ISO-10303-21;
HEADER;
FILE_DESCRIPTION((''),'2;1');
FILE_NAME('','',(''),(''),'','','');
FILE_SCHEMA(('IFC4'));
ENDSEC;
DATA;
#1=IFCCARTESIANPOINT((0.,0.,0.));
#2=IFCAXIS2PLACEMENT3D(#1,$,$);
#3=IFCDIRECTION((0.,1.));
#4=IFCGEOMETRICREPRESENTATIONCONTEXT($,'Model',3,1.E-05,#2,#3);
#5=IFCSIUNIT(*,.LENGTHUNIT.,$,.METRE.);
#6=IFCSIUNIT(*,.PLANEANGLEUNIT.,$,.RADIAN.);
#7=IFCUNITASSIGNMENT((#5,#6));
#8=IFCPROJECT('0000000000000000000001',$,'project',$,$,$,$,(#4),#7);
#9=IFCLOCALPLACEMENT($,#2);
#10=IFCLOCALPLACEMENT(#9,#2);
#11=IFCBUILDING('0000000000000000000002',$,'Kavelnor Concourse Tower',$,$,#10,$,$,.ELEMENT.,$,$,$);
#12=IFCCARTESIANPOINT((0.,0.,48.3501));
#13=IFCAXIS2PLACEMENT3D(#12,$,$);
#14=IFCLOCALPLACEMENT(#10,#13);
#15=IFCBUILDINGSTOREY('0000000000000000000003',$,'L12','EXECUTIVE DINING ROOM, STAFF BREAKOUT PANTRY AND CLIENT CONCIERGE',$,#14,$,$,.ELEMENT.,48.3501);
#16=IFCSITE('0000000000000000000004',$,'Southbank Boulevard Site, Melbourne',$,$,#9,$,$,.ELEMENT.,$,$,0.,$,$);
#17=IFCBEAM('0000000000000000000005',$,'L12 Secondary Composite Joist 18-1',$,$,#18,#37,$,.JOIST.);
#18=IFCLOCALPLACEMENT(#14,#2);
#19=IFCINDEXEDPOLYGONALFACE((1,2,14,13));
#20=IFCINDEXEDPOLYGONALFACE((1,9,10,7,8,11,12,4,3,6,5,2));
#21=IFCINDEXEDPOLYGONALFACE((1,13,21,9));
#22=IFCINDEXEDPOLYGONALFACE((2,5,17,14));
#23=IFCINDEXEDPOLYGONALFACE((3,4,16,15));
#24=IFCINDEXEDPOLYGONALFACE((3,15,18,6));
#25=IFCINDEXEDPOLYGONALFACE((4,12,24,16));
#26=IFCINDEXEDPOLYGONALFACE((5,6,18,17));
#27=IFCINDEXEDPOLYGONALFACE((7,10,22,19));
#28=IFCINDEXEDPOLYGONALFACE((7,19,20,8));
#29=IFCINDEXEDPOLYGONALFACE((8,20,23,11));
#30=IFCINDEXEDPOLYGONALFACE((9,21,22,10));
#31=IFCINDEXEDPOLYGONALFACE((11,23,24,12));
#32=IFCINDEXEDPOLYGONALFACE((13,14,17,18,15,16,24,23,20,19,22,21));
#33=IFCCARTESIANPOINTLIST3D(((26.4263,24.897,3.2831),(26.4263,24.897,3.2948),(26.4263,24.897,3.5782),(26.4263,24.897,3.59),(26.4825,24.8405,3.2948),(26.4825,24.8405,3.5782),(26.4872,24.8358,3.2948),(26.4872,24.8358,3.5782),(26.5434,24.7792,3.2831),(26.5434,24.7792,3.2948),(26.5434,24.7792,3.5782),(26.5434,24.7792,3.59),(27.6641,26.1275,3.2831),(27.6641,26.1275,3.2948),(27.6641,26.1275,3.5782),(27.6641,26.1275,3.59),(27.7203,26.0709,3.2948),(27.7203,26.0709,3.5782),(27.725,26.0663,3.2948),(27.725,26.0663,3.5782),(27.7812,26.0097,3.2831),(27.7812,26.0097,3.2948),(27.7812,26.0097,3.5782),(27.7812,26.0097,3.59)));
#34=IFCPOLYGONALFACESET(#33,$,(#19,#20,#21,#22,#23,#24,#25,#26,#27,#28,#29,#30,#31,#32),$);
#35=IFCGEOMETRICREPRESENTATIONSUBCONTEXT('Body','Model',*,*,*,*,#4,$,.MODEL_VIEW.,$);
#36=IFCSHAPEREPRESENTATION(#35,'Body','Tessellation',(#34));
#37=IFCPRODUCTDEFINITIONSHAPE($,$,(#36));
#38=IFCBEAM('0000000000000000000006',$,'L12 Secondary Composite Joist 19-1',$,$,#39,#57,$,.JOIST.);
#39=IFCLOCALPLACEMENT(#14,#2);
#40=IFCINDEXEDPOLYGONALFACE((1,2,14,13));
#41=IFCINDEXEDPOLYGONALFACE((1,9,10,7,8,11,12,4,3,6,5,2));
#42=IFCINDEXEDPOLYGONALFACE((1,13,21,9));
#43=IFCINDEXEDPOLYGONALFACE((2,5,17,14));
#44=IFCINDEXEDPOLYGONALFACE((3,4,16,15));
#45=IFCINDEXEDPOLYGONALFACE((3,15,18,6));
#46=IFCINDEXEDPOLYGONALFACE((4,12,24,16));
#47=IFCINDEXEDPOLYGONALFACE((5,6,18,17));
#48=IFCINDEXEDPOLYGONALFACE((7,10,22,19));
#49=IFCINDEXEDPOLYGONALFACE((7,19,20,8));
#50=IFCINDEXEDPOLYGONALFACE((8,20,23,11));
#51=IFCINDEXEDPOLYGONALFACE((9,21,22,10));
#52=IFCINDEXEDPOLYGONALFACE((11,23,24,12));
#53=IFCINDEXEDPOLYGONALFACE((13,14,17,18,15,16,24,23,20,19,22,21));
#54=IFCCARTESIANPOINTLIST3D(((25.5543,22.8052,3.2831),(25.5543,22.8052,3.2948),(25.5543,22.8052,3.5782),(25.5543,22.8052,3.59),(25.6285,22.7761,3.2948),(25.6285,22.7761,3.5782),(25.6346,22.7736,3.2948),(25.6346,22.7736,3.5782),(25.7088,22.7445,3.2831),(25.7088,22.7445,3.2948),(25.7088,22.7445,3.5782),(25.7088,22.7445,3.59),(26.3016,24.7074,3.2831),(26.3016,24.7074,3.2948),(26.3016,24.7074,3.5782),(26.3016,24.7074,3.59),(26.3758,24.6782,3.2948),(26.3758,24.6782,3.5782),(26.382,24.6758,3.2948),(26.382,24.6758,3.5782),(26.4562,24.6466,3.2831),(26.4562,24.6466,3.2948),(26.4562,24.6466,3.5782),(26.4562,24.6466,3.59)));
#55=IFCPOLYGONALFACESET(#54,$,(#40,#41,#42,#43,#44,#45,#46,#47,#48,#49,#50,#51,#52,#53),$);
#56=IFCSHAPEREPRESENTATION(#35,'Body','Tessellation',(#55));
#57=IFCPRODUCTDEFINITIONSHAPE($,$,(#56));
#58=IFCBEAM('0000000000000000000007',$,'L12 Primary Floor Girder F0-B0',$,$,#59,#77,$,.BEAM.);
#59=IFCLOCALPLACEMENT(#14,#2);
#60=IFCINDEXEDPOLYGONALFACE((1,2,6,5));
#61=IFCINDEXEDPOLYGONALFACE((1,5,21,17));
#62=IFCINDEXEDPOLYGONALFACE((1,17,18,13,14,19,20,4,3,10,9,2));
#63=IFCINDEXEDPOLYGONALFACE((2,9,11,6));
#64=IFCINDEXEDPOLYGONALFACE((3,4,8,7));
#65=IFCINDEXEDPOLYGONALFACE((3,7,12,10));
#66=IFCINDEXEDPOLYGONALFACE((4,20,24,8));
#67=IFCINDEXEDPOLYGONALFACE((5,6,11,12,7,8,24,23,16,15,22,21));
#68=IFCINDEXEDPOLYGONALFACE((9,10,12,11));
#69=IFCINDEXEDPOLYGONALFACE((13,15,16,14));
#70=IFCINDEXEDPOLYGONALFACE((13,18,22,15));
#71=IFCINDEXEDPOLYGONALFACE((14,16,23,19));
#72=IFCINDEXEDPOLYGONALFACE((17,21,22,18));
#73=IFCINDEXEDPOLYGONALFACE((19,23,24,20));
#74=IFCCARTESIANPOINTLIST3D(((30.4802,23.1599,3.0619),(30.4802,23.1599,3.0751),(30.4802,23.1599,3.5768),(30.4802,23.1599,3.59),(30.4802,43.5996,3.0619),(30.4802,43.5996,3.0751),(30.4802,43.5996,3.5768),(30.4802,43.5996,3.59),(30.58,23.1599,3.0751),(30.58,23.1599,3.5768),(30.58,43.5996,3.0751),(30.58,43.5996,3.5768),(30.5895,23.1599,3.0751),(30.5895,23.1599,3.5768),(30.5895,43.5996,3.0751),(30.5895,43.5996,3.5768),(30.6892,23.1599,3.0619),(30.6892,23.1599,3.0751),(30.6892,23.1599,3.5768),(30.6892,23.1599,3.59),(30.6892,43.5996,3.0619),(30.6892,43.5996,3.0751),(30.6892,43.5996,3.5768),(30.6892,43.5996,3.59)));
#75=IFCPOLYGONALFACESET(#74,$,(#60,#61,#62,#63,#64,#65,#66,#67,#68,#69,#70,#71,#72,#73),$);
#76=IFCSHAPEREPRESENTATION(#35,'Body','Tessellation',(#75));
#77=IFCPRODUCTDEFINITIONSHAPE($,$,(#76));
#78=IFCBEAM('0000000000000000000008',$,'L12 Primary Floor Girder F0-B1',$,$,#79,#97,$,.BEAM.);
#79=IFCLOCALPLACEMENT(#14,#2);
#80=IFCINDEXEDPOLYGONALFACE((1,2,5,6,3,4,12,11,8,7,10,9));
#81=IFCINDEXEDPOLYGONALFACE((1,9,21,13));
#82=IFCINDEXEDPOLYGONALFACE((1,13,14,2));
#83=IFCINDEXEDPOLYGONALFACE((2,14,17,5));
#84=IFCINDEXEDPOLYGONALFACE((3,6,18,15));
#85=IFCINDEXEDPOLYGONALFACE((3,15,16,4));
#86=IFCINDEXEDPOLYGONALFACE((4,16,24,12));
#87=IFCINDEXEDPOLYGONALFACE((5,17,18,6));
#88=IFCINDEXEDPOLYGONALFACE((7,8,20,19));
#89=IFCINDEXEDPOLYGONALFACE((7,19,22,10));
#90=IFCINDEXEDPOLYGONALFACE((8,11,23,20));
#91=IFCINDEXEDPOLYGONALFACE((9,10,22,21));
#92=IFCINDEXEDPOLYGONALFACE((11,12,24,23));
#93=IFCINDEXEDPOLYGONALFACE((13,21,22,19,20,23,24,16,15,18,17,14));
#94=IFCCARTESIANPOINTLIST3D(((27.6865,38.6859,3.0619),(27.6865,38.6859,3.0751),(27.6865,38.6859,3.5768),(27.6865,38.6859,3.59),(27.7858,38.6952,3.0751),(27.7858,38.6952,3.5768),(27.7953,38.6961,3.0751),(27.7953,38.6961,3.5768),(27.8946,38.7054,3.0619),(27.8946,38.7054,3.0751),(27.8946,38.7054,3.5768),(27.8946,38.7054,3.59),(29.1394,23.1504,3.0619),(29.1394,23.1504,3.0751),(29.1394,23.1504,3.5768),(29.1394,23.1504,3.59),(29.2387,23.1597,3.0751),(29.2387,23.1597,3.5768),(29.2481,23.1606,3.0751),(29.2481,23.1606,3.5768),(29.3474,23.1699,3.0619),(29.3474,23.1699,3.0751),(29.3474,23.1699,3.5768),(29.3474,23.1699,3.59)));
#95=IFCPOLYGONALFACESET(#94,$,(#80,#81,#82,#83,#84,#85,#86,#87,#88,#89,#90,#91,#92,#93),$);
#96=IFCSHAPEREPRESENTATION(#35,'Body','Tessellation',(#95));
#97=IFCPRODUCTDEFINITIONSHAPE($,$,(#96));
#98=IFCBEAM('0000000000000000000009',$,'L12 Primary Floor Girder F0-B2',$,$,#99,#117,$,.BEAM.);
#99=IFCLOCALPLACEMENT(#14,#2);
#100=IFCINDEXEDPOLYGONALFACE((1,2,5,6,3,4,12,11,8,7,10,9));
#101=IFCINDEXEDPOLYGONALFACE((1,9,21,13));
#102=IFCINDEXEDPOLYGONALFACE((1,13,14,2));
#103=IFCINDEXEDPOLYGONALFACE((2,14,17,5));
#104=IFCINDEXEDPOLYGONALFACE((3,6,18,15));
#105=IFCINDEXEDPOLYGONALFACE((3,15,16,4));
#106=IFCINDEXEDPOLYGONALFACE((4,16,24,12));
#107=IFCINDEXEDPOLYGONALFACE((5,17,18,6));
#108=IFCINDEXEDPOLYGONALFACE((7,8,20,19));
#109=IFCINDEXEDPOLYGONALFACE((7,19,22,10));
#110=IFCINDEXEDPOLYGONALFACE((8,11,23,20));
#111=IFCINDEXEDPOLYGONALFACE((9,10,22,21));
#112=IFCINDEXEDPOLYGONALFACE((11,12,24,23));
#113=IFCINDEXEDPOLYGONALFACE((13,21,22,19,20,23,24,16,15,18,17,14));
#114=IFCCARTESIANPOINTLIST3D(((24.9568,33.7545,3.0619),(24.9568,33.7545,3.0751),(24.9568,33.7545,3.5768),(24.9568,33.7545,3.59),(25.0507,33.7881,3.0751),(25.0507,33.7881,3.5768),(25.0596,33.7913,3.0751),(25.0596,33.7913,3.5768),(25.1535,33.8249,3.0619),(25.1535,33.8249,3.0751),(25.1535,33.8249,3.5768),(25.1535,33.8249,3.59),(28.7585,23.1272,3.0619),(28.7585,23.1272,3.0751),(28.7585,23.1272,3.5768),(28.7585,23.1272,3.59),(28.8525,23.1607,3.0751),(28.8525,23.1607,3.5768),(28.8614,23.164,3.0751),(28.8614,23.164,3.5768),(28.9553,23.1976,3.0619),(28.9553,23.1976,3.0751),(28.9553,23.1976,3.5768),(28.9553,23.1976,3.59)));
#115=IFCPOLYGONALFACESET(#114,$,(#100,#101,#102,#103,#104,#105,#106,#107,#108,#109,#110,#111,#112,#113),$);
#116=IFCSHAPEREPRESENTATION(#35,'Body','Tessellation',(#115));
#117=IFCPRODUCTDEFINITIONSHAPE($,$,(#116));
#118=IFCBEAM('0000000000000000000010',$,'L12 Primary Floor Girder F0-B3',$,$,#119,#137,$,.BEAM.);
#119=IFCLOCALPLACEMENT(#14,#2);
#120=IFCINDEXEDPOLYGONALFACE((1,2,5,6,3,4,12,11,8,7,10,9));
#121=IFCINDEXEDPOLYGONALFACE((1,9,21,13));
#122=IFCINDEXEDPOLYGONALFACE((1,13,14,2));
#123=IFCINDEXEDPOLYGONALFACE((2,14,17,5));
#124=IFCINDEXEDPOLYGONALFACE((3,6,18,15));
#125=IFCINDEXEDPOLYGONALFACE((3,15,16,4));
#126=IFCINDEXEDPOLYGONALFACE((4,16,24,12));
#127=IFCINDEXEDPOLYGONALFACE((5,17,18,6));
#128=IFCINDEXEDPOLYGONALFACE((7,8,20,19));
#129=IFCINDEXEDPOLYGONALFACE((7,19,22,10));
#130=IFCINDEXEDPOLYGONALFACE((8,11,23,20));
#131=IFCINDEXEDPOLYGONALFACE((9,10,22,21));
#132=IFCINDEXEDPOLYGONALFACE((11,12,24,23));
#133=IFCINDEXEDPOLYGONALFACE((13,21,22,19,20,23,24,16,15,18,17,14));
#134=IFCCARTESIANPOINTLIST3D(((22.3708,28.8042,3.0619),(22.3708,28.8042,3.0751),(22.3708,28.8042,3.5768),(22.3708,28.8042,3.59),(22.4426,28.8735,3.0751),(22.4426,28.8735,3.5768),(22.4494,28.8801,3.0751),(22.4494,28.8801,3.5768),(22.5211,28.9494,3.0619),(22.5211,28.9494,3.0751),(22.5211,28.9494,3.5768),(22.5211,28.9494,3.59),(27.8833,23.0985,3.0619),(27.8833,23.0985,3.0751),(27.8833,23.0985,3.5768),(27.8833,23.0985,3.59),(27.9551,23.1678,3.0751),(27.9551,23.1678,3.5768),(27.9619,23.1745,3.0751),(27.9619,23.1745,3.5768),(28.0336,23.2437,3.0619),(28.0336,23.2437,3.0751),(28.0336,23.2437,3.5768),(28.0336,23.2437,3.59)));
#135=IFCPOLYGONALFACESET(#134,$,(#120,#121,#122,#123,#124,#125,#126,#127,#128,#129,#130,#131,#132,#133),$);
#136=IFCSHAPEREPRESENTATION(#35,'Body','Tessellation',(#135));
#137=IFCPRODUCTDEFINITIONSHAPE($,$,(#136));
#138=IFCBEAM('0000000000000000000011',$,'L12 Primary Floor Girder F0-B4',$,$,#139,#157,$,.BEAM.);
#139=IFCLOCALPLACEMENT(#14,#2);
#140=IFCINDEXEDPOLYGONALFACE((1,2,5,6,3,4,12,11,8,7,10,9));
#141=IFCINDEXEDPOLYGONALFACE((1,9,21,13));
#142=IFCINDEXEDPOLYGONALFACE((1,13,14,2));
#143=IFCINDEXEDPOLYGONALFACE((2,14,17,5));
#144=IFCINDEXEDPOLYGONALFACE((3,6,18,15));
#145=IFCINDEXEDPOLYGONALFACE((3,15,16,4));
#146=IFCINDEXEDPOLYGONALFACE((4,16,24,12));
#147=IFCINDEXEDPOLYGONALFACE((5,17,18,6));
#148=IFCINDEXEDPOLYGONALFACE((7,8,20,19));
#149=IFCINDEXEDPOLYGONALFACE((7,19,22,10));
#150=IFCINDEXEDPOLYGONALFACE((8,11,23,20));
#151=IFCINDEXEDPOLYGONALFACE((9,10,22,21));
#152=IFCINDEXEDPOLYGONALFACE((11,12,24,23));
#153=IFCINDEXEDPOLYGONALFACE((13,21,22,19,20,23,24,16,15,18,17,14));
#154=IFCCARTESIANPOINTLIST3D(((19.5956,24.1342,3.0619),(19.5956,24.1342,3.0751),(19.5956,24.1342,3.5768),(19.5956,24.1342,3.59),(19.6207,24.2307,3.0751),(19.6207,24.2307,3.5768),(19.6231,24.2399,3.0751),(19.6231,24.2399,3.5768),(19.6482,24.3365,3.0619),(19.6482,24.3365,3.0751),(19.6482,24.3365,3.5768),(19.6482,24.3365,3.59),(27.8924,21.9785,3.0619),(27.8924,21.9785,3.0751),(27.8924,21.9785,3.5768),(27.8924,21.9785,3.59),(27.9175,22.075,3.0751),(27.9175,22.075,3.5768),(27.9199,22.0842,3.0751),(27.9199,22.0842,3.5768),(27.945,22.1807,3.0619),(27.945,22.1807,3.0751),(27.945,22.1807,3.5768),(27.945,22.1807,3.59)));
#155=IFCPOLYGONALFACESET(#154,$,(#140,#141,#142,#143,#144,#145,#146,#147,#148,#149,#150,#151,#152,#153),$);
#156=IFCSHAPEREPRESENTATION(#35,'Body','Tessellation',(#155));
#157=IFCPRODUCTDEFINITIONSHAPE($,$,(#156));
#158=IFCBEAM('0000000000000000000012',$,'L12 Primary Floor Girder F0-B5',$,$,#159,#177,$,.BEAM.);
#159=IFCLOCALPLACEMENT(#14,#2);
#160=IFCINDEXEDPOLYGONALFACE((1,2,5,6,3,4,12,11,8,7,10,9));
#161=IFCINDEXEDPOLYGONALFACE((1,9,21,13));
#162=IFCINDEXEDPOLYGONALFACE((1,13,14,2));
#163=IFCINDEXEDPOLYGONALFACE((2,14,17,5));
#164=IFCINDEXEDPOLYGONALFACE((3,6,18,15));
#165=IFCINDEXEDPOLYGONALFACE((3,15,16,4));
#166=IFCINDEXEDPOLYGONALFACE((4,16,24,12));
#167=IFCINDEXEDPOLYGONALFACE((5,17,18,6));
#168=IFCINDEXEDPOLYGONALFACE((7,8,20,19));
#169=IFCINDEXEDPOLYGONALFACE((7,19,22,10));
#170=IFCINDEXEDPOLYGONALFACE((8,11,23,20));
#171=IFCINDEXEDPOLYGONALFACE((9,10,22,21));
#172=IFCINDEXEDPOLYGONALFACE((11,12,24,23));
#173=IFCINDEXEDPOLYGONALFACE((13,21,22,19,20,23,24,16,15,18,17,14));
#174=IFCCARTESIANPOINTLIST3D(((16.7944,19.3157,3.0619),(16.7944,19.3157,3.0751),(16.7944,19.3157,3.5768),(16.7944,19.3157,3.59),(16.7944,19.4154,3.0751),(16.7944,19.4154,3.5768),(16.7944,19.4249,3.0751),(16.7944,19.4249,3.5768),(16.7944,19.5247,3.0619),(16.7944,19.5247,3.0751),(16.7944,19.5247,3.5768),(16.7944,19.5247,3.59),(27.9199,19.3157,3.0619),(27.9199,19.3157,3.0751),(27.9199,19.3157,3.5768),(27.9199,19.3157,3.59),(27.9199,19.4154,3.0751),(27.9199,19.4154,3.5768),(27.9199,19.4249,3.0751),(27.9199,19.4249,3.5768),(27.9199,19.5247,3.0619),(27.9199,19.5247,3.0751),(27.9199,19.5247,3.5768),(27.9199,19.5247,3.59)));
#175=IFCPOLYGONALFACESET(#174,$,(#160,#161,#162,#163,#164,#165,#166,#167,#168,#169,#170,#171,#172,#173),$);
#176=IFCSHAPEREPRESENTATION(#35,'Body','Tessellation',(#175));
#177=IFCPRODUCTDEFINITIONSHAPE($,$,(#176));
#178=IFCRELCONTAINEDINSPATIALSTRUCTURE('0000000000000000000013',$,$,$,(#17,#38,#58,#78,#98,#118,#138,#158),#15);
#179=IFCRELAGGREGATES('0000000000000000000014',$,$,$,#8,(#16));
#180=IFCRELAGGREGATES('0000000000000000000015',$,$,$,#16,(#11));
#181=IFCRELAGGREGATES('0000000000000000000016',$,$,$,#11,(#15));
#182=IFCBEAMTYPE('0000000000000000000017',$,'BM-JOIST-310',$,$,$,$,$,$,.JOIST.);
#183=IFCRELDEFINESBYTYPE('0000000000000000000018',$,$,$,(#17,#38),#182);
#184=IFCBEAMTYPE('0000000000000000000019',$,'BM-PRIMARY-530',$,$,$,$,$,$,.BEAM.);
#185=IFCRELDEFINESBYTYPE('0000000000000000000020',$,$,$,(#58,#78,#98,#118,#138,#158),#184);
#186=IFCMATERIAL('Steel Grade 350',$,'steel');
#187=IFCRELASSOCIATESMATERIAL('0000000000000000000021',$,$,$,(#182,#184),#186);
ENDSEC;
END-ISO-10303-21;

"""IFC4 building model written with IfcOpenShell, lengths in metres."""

from ifc_helpers import new_model, si_unit, direction, frame, origin, origin_2d, place, context, subcontext, project, spatial, i_section, extrude, material, material_profile, profile_set, type_object, element, save


model = new_model("IFC4")

# Units and contexts
model_context = context("Model", 3, precision=1e-05, world=origin(), true_north=direction((0.0, 1.0)))
body_context = subcontext(model_context, "Body", "Model", "MODEL_VIEW")
ifc_project = project(units=[si_unit("LENGTHUNIT", "METRE"), si_unit("PLANEANGLEUNIT", "RADIAN")], contexts=[model_context])

# Site, building, storey
site_placement = place(None, origin())
site = spatial("IfcSite", under=ifc_project, at=site_placement, Name="Southbank Boulevard Site, Melbourne", CompositionType="ELEMENT", RefElevation=0.0)
building_placement = place(site_placement, origin())
building = spatial("IfcBuilding", under=site, at=building_placement, Name="Kavelnor Concourse Tower", CompositionType="ELEMENT")
storey_placement = place(building_placement, frame((0.0, 0.0, 48.3501)))
storey = spatial("IfcBuildingStorey", under=building, at=storey_placement, Name="L12", Description="EXECUTIVE DINING ROOM, STAFF BREAKOUT PANTRY AND CLIENT CONCIERGE", CompositionType="ELEMENT", Elevation=48.3501)

# Beams
ifc_material_1 = material(Name="Steel Grade 350", Category="steel")
ifc_material_profile_1 = material_profile(ifc_material_1, i_section(OverallWidth=0.166, OverallDepth=0.3069, WebThickness=0.0066, FlangeThickness=0.0117, at=origin_2d()), Name="310UB46")
ifc_profile_set_1 = profile_set([ifc_material_profile_1], Name="Steel Grade 350")
beam_type_1 = type_object("IfcBeamType", Name="BM-JOIST-310", PredefinedType="JOIST", material=ifc_profile_set_1)
beam_1_placement = place(storey_placement, frame((27.7227, 26.0686, 3.4365), z_axis=(-0.709202, -0.705005, 0.0), x_axis=(0.705005, -0.709202, 0.0)))
element("IfcBeam", 1, at=beam_1_placement, inside=storey, type_object=beam_type_1, Name="L12 Secondary Composite Joist 18-1", PredefinedType="JOIST", context=body_context, shape_type="SweptSolid", body=[
    extrude(i_section(OverallWidth=0.166, OverallDepth=0.3069, WebThickness=0.0066, FlangeThickness=0.0117, at=origin_2d()), origin(), (0.0, 0.0, 1.0), 1.7454),
])
beam_2_placement = place(storey_placement, frame((26.3789, 24.677, 3.4365), z_axis=(-0.365678, -0.930741, 0.0), x_axis=(0.930741, -0.365678, 0.0)))
element("IfcBeam", 2, at=beam_2_placement, inside=storey, type_object=beam_type_1, Name="L12 Secondary Composite Joist 19-1", PredefinedType="JOIST", context=body_context, shape_type="SweptSolid", body=[
    extrude(i_section(OverallWidth=0.166, OverallDepth=0.3069, WebThickness=0.0066, FlangeThickness=0.0117, at=origin_2d()), origin(), (0.0, 0.0, 1.0), 2.0437),
])
ifc_material_profile_2 = material_profile(ifc_material_1, i_section(OverallWidth=0.209, OverallDepth=0.5281, WebThickness=0.0095, FlangeThickness=0.0132, at=origin_2d()), Name="530UB82")
ifc_profile_set_2 = profile_set([ifc_material_profile_2], Name="Steel Grade 350")
beam_type_2 = type_object("IfcBeamType", Name="BM-PRIMARY-530", PredefinedType="BEAM", material=ifc_profile_set_2)
beam_3_placement = place(storey_placement, frame((30.5847, 23.1599, 3.3259), z_axis=(0.0, 1.0, 0.0), x_axis=(-1.0, 0.0, 0.0)))
element("IfcBeam", 3, at=beam_3_placement, inside=storey, type_object=beam_type_2, Name="L12 Primary Floor Girder F0-B0", PredefinedType="BEAM", context=body_context, shape_type="SweptSolid", body=[
    extrude(i_section(OverallWidth=0.209, OverallDepth=0.5281, WebThickness=0.0095, FlangeThickness=0.0132, at=origin_2d()), origin(), (0.0, 0.0, 1.0), 20.4397),
])
beam_4_placement = place(storey_placement, frame((29.2434, 23.1602, 3.3259), z_axis=(-0.093114, 0.995655, 0.0), x_axis=(-0.995655, -0.093114, 0.0)))
element("IfcBeam", 4, at=beam_4_placement, inside=storey, type_object=beam_type_2, Name="L12 Primary Floor Girder F0-B1", PredefinedType="BEAM", context=body_context, shape_type="SweptSolid", body=[
    extrude(i_section(OverallWidth=0.209, OverallDepth=0.5281, WebThickness=0.0095, FlangeThickness=0.0132, at=origin_2d()), origin(), (0.0, 0.0, 1.0), 15.6033),
])
beam_5_placement = place(storey_placement, frame((28.8569, 23.1624, 3.3259), z_axis=(-0.336834, 0.941564, 0.0), x_axis=(-0.941564, -0.336834, 0.0)))
element("IfcBeam", 5, at=beam_5_placement, inside=storey, type_object=beam_type_2, Name="L12 Primary Floor Girder F0-B2", PredefinedType="BEAM", context=body_context, shape_type="SweptSolid", body=[
    extrude(i_section(OverallWidth=0.209, OverallDepth=0.5281, WebThickness=0.0095, FlangeThickness=0.0132, at=origin_2d()), origin(), (0.0, 0.0, 1.0), 11.2869),
])
beam_6_placement = place(storey_placement, frame((27.9585, 23.1711, 3.3259), z_axis=(-0.694831, 0.719173, 0.0), x_axis=(-0.719173, -0.694831, 0.0)))
element("IfcBeam", 6, at=beam_6_placement, inside=storey, type_object=beam_type_2, Name="L12 Primary Floor Girder F0-B3", PredefinedType="BEAM", context=body_context, shape_type="SweptSolid", body=[
    extrude(i_section(OverallWidth=0.209, OverallDepth=0.5281, WebThickness=0.0095, FlangeThickness=0.0132, at=origin_2d()), origin(), (0.0, 0.0, 1.0), 7.9336),
])
beam_7_placement = place(storey_placement, frame((27.9187, 22.0796, 3.3259), z_axis=(-0.967863, 0.251478, 0.0), x_axis=(-0.251478, -0.967863, 0.0)))
element("IfcBeam", 7, at=beam_7_placement, inside=storey, type_object=beam_type_2, Name="L12 Primary Floor Girder F0-B4", PredefinedType="BEAM", context=body_context, shape_type="SweptSolid", body=[
    extrude(i_section(OverallWidth=0.209, OverallDepth=0.5281, WebThickness=0.0095, FlangeThickness=0.0132, at=origin_2d()), origin(), (0.0, 0.0, 1.0), 8.5723),
])
beam_8_placement = place(storey_placement, frame((27.9199, 19.4202, 3.3259), z_axis=(-1.0, 0.0, 0.0), x_axis=(0.0, -1.0, 0.0)))
element("IfcBeam", 8, at=beam_8_placement, inside=storey, type_object=beam_type_2, Name="L12 Primary Floor Girder F0-B5", PredefinedType="BEAM", context=body_context, shape_type="SweptSolid", body=[
    extrude(i_section(OverallWidth=0.209, OverallDepth=0.5281, WebThickness=0.0095, FlangeThickness=0.0132, at=origin_2d()), origin(), (0.0, 0.0, 1.0), 11.1255),
])

save(model, "model.ifc")
